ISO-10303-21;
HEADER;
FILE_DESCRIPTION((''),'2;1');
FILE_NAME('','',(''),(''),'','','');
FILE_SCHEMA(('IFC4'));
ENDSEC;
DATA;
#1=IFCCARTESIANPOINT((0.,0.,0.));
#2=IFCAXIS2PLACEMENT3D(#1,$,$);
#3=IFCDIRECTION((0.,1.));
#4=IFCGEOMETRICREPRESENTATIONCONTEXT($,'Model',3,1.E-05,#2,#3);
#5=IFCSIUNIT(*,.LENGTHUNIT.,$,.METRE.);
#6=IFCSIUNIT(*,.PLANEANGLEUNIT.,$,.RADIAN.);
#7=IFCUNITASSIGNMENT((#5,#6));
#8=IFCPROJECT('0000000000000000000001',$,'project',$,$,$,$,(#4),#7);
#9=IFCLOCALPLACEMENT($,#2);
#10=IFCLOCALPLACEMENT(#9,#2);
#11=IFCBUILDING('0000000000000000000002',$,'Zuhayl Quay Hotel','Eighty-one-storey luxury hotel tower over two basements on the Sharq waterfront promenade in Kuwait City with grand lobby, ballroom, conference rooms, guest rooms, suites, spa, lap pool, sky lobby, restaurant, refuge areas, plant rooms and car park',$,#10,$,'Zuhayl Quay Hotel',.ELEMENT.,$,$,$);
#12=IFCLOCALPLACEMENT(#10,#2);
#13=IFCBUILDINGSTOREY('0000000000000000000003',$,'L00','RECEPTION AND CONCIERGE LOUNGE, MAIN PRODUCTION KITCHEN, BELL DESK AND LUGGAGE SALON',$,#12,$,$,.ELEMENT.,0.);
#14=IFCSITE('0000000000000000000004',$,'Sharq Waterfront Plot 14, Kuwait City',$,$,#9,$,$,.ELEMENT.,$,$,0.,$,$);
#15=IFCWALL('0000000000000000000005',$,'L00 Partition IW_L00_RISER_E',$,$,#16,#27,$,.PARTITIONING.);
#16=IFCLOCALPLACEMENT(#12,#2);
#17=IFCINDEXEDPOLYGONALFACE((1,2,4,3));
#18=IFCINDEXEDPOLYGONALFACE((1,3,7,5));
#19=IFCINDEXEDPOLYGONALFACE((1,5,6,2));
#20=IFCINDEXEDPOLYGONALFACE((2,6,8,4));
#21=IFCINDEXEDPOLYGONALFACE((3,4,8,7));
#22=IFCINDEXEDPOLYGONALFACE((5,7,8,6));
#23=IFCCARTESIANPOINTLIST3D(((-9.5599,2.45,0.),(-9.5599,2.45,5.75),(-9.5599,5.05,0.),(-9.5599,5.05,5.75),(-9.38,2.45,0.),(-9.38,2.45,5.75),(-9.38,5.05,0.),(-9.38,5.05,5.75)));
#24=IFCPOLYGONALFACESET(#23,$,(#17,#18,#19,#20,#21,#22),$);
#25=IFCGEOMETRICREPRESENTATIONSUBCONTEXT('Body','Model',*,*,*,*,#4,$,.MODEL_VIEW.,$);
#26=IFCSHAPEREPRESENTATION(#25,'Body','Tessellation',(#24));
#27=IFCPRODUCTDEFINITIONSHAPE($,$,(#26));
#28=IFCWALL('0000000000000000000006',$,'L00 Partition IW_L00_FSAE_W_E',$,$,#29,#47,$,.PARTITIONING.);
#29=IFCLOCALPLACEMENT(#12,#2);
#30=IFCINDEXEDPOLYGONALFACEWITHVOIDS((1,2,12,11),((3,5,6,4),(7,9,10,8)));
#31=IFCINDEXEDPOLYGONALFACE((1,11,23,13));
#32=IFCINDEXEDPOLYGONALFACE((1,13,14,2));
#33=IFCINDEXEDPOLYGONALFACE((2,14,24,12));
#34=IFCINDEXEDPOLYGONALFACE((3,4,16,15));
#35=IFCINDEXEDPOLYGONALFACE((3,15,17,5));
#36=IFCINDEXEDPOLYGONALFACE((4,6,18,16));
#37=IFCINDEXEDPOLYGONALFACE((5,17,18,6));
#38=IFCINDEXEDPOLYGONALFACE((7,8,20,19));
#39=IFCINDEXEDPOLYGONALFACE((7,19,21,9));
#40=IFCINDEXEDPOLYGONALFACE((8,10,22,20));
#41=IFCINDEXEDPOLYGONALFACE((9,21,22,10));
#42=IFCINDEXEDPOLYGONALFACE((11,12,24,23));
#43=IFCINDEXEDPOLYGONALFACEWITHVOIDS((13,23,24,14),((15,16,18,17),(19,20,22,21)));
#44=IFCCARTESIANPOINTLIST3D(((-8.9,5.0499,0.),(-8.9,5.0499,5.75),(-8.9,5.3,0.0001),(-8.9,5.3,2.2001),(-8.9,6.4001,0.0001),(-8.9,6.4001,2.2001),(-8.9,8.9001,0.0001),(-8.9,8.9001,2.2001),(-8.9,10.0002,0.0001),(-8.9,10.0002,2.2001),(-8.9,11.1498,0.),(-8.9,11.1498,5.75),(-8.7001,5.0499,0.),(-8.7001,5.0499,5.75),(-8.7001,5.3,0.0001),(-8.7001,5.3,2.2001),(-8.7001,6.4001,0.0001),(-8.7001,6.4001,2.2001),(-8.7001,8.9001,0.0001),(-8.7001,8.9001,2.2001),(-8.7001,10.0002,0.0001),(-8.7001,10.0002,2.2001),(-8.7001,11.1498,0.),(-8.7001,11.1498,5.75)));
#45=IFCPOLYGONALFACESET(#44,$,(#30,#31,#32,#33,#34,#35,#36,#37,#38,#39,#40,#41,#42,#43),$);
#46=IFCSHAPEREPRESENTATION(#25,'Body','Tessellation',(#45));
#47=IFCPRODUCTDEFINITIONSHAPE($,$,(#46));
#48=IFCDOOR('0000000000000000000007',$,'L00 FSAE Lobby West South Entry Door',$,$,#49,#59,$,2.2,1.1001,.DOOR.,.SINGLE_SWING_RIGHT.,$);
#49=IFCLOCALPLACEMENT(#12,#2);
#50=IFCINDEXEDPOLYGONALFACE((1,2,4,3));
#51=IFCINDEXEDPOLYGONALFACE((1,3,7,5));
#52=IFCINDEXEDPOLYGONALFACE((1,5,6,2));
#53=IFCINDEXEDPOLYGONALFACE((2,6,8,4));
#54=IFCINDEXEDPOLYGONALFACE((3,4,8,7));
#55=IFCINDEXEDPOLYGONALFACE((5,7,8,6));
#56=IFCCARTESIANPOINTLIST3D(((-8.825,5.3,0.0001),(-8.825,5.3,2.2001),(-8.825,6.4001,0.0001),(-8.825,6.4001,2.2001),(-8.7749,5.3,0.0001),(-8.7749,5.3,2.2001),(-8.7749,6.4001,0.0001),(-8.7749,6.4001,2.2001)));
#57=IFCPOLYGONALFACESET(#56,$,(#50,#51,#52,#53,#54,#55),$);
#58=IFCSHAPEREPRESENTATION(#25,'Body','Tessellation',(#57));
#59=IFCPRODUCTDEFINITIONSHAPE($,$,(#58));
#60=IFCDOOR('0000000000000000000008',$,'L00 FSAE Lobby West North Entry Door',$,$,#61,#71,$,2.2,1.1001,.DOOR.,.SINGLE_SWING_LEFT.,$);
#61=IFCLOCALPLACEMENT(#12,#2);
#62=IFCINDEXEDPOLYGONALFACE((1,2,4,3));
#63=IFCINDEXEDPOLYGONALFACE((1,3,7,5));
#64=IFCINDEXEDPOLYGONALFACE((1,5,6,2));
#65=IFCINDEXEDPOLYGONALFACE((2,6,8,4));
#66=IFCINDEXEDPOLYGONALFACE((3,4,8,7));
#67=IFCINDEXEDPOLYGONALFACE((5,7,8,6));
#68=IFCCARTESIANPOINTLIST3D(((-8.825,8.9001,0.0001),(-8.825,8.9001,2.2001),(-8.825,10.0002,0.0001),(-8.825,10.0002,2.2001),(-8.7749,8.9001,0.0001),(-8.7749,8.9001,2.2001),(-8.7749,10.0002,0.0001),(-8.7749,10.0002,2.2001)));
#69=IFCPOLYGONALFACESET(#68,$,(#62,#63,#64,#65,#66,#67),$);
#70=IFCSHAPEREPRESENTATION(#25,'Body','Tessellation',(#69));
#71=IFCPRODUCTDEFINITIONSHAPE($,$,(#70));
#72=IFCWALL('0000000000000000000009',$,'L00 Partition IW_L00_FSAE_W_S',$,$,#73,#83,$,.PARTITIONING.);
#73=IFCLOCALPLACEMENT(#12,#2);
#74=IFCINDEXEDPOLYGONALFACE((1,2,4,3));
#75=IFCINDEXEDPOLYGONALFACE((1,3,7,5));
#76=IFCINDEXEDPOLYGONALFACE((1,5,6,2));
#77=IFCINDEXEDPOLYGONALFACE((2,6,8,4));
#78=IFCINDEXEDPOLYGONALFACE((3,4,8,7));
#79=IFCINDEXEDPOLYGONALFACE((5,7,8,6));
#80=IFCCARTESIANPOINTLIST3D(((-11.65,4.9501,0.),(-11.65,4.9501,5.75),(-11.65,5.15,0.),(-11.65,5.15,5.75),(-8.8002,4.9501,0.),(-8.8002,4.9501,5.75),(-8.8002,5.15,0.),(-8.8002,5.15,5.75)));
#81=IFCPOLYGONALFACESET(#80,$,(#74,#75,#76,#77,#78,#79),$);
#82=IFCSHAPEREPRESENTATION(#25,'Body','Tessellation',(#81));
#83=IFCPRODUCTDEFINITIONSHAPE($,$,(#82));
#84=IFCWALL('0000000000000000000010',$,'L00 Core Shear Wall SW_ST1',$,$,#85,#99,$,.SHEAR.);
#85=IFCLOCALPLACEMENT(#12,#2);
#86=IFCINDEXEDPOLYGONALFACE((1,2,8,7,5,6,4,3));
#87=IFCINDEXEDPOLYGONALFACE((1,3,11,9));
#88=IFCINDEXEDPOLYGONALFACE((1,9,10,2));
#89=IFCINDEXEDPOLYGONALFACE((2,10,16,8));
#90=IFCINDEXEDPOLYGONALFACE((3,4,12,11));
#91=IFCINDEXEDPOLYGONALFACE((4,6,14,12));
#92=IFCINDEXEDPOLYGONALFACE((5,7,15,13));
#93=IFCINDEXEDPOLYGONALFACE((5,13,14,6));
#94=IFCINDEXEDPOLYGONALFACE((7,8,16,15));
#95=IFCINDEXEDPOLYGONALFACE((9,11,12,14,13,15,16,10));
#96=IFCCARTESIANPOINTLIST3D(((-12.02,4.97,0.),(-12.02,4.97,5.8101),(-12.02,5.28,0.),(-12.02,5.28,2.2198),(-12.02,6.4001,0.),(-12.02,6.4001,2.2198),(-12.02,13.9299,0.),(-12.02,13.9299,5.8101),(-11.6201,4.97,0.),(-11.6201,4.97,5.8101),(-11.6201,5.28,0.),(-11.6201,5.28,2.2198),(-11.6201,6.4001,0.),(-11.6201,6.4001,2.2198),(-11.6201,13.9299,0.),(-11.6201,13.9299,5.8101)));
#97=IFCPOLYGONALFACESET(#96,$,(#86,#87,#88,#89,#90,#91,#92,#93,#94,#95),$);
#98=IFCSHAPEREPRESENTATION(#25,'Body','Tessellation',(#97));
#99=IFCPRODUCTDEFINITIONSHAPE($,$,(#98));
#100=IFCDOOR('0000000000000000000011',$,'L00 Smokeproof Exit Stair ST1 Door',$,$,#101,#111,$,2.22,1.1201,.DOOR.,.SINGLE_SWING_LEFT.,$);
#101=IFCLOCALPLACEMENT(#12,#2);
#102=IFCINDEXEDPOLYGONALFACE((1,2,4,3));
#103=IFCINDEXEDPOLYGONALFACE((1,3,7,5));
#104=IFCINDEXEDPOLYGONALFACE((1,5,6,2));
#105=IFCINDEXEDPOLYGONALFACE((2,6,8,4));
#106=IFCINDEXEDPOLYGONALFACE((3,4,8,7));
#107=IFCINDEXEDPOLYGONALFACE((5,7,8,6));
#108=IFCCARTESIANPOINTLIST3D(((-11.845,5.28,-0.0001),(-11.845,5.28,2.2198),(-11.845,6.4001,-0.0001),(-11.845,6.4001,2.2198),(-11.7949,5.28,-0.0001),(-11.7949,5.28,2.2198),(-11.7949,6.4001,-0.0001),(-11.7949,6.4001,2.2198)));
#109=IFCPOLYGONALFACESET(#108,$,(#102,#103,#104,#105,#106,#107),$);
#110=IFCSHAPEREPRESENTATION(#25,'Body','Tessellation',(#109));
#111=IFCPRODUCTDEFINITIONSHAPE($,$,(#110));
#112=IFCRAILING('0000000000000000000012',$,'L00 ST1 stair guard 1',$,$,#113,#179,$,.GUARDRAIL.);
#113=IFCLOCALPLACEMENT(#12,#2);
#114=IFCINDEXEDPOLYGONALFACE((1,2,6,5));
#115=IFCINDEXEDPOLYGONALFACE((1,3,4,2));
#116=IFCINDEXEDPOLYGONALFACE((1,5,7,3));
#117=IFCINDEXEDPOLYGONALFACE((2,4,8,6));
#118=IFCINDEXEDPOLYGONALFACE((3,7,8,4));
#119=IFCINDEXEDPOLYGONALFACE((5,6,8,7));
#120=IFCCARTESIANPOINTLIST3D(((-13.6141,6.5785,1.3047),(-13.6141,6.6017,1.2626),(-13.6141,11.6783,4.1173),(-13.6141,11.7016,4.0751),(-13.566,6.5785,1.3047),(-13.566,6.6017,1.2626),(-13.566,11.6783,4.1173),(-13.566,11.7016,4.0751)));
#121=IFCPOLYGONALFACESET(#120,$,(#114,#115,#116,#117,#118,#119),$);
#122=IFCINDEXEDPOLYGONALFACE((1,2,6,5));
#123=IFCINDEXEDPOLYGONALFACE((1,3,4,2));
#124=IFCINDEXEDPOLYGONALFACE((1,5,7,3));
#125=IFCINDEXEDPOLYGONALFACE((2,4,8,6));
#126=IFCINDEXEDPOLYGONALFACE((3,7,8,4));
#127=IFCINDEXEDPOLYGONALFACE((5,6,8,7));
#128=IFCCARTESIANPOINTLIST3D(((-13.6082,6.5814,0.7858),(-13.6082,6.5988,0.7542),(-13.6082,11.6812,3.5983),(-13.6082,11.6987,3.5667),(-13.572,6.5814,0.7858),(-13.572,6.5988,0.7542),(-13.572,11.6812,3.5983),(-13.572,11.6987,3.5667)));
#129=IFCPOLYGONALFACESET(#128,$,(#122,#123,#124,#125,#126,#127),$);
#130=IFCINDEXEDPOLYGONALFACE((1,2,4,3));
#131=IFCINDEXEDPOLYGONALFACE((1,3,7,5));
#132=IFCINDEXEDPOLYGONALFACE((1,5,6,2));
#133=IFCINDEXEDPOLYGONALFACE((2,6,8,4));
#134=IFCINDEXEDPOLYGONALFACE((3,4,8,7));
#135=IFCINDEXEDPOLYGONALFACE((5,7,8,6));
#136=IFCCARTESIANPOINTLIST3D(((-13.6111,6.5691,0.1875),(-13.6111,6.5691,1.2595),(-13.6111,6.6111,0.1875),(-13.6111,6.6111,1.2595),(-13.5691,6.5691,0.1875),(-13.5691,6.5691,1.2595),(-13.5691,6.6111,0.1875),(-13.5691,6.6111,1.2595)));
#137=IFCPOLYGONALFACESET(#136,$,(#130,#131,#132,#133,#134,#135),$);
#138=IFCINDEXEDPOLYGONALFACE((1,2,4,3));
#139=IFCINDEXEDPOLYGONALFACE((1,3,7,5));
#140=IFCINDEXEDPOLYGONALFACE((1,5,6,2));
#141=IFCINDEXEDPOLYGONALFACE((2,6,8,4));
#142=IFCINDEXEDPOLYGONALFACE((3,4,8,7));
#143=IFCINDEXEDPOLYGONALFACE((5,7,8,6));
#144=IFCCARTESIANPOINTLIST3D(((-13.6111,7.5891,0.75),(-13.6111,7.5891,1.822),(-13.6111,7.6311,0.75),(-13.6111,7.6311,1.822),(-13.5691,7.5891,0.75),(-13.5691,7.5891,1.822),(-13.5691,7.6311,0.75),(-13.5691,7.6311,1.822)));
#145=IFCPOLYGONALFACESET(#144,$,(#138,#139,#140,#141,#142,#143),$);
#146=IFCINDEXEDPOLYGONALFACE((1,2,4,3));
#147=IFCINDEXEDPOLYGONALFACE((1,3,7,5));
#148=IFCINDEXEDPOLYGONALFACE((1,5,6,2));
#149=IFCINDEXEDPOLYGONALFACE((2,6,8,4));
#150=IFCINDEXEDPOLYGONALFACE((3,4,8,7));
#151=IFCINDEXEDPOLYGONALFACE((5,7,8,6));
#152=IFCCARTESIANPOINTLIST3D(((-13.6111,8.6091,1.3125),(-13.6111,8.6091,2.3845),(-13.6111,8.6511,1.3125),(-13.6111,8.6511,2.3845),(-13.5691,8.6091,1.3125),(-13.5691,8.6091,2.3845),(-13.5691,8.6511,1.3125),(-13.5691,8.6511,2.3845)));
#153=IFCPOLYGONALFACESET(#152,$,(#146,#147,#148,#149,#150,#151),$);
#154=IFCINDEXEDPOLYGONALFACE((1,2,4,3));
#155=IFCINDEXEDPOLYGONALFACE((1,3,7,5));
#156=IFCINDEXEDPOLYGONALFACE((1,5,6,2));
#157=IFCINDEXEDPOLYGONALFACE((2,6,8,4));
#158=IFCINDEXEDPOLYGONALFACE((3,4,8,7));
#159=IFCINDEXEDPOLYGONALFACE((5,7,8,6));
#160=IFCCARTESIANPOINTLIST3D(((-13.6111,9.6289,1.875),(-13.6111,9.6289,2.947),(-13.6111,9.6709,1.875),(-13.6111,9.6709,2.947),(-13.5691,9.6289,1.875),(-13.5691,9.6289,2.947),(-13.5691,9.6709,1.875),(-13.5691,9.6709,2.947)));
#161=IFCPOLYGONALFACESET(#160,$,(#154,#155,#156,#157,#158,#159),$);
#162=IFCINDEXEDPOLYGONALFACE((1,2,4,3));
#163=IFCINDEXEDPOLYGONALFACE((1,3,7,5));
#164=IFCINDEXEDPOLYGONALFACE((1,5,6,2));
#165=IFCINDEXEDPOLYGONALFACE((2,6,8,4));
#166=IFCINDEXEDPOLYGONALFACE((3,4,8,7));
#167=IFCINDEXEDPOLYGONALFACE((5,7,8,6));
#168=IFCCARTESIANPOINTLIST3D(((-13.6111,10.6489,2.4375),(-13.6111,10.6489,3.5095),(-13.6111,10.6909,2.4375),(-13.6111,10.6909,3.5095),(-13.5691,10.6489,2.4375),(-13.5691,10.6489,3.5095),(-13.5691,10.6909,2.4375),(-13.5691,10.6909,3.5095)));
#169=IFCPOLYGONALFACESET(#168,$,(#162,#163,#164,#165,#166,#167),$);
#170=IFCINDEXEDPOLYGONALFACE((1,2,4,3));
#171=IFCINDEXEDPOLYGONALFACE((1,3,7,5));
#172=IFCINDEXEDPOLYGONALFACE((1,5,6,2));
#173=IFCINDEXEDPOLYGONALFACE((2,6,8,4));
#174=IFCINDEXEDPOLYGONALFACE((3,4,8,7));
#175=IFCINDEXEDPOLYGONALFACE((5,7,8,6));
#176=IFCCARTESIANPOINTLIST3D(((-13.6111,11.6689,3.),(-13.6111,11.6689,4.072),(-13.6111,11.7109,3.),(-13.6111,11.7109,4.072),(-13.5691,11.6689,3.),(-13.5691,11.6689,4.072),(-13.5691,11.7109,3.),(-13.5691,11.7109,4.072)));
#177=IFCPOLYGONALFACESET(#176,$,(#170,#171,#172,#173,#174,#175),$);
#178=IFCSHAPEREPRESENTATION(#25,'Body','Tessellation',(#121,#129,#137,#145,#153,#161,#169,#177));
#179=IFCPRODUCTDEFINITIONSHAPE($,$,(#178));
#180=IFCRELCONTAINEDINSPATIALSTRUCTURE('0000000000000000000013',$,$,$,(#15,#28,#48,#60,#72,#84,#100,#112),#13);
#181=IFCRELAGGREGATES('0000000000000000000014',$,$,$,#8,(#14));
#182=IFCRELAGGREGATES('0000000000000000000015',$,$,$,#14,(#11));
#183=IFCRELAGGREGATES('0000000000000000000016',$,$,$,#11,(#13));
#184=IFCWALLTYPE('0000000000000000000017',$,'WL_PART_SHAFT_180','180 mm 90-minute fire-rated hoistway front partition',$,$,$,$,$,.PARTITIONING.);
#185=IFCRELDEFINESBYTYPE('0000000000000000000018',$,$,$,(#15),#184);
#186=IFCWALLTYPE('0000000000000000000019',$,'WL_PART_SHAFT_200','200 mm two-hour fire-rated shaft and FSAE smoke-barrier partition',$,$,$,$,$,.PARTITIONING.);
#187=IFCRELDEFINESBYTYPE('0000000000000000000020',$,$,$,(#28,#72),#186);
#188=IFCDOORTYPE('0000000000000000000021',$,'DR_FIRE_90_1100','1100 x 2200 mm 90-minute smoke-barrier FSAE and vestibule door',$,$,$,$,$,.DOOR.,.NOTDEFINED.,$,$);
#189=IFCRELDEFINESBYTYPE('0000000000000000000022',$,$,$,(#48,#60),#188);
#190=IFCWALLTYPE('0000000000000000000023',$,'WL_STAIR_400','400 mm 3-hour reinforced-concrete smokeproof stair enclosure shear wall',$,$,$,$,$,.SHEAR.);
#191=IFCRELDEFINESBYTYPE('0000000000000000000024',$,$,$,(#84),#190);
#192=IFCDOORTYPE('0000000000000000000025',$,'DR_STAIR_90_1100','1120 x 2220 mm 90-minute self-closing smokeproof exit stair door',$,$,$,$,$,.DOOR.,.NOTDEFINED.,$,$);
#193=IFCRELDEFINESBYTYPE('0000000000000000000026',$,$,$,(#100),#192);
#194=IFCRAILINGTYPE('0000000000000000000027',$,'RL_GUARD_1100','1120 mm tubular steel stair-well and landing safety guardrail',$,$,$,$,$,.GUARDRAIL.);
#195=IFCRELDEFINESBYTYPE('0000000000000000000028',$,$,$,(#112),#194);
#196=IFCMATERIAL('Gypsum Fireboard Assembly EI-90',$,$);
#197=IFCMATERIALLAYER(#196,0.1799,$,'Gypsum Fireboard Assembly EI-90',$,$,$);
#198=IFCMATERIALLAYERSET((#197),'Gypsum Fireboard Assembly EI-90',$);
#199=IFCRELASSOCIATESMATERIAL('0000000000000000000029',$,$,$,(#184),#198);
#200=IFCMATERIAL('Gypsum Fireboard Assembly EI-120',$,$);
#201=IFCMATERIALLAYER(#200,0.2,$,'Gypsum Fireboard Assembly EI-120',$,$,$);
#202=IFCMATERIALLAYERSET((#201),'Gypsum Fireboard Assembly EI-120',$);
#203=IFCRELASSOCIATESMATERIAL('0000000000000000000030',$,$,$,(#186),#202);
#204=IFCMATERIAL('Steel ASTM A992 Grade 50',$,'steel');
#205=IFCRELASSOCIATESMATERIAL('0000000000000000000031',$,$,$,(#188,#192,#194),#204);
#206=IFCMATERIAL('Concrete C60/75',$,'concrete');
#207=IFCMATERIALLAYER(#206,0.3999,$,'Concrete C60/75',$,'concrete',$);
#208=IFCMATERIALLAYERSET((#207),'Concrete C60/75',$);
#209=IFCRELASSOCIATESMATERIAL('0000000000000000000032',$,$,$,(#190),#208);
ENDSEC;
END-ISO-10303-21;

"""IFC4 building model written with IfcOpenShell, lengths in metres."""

from ifc_helpers import new_model, si_unit, direction, frame, frame_2d, origin, origin_2d, place, context, subcontext, project, spatial, rectangle, extrude, material, layer, layer_set, type_object, element, fill, save


model = new_model("IFC4")

# Units and contexts
model_context = context("Model", 3, precision=1e-05, world=origin(), true_north=direction((0.0, 1.0)))
body_context = subcontext(model_context, "Body", "Model", "MODEL_VIEW")
ifc_project = project(units=[si_unit("LENGTHUNIT", "METRE"), si_unit("PLANEANGLEUNIT", "RADIAN")], contexts=[model_context])

# Site, building, storey
site_placement = place(None, origin())
site = spatial("IfcSite", under=ifc_project, at=site_placement, Name="Sharq Waterfront Plot 14, Kuwait City", CompositionType="ELEMENT", RefElevation=0.0)
building_placement = place(site_placement, origin())
building = spatial("IfcBuilding", under=site, at=building_placement, Name="Zuhayl Quay Hotel", Description="Eighty-one-storey luxury hotel tower over two basements on the Sharq waterfront promenade in Kuwait City with grand lobby, ballroom, conference rooms, guest rooms, suites, spa, lap pool, sky lobby, restaurant, refuge areas, plant rooms and car park", LongName="Zuhayl Quay Hotel", CompositionType="ELEMENT")
storey_placement = place(building_placement, origin())
storey = spatial("IfcBuildingStorey", under=building, at=storey_placement, Name="L00", Description="RECEPTION AND CONCIERGE LOUNGE, MAIN PRODUCTION KITCHEN, BELL DESK AND LUGGAGE SALON", CompositionType="ELEMENT", Elevation=0.0)

# Shared definitions
ifc_material_1 = material(Name="Concrete C60/75", Category="concrete")

# Shared definitions
ifc_material_2 = material(Name="Steel ASTM A992 Grade 50", Category="steel")
ifc_material_3 = material(Name="Gypsum Fireboard Assembly EI-90")

# Wall
ifc_layer_1 = layer(ifc_material_3, 0.1799, Name="Gypsum Fireboard Assembly EI-90")
ifc_layer_set_1 = layer_set([ifc_layer_1], Name="Gypsum Fireboard Assembly EI-90")
wall_type_1 = type_object("IfcWallType", Name="WL_PART_SHAFT_180", Description="180 mm 90-minute fire-rated hoistway front partition", PredefinedType="PARTITIONING", material=ifc_layer_set_1)
wall_1_placement = place(storey_placement, frame((-9.47, 2.45, 0.0), z_axis=(0.0, 0.0, 1.0), x_axis=(0.0, 1.0, 0.0)))
element("IfcWall", 1, at=wall_1_placement, inside=storey, type_object=wall_type_1, Name="L00 Partition IW_L00_RISER_E", PredefinedType="PARTITIONING", context=body_context, shape_type="SweptSolid", body=[
    extrude(rectangle(XDim=2.6001, YDim=0.1799, at=frame_2d((1.3, 0.0))), origin(), (0.0, 0.0, 1.0), 5.75),
])

# Wall, openings, doors
ifc_material_4 = material(Name="Gypsum Fireboard Assembly EI-120")
ifc_layer_2 = layer(ifc_material_4, 0.2, Name="Gypsum Fireboard Assembly EI-120")
ifc_layer_set_2 = layer_set([ifc_layer_2], Name="Gypsum Fireboard Assembly EI-120")
wall_type_2 = type_object("IfcWallType", Name="WL_PART_SHAFT_200", Description="200 mm two-hour fire-rated shaft and FSAE smoke-barrier partition", PredefinedType="PARTITIONING", material=ifc_layer_set_2)
wall_2_placement = place(storey_placement, frame((-8.8, 5.05, 0.0), z_axis=(0.0, 0.0, 1.0), x_axis=(0.0, 1.0, 0.0)))
wall_2 = element("IfcWall", 2, at=wall_2_placement, inside=storey, type_object=wall_type_2, Name="L00 Partition IW_L00_FSAE_W_E", PredefinedType="PARTITIONING", context=body_context, shape_type="SweptSolid", body=[
    extrude(rectangle(XDim=6.0999, YDim=0.2, at=frame_2d((3.0498, 0.0))), origin(), (0.0, 0.0, 1.0), 5.75),
])
opening_1_placement = place(wall_2_placement, frame((0.25, 0.0, 0.0)))
opening_1 = element("IfcOpeningElement", 3, at=opening_1_placement, cuts=wall_2, PredefinedType="OPENING", context=body_context, shape_type="SweptSolid", body=[
    extrude(rectangle(XDim=1.1001, YDim=2.2, at=frame_2d((0.55, 1.1001))), frame((0.0, 0.1099, 0.0), z_axis=(0.0, -1.0, 0.0), x_axis=(1.0, 0.0, 0.0)), (0.0, 0.0, 1.0), 0.22),
])
opening_2_placement = place(wall_2_placement, frame((3.8501, 0.0, 0.0)))
opening_2 = element("IfcOpeningElement", 4, at=opening_2_placement, cuts=wall_2, PredefinedType="OPENING", context=body_context, shape_type="SweptSolid", body=[
    extrude(rectangle(XDim=1.1001, YDim=2.2, at=frame_2d((0.55, 1.1001))), frame((0.0, 0.1099, 0.0), z_axis=(0.0, -1.0, 0.0), x_axis=(1.0, 0.0, 0.0)), (0.0, 0.0, 1.0), 0.22),
])
door_type_1 = type_object("IfcDoorType", Name="DR_FIRE_90_1100", Description="1100 x 2200 mm 90-minute smoke-barrier FSAE and vestibule door", OperationType="NOTDEFINED", PredefinedType="DOOR", material=ifc_material_2)
door_1_placement = place(opening_1_placement, origin())
door_1 = element("IfcDoor", 5, at=door_1_placement, inside=storey, type_object=door_type_1, Name="L00 FSAE Lobby West South Entry Door", OperationType="SINGLE_SWING_RIGHT", OverallHeight=2.2, OverallWidth=1.1001, PredefinedType="DOOR", context=body_context, shape_type="SweptSolid", body=[
    extrude(rectangle(XDim=1.1001, YDim=2.2, at=frame_2d((0.55, 1.1001))), frame((0.0, 0.0249, 0.0), z_axis=(0.0, -1.0, 0.0), x_axis=(1.0, 0.0, 0.0)), (0.0, 0.0, 1.0), 0.05),
])
fill(opening_1, door_1)
door_2_placement = place(opening_2_placement, origin())
door_2 = element("IfcDoor", 6, at=door_2_placement, inside=storey, type_object=door_type_1, Name="L00 FSAE Lobby West North Entry Door", OperationType="SINGLE_SWING_LEFT", OverallHeight=2.2, OverallWidth=1.1001, PredefinedType="DOOR", context=body_context, shape_type="SweptSolid", body=[
    extrude(rectangle(XDim=1.1001, YDim=2.2, at=frame_2d((0.55, 1.1001))), frame((0.0, 0.0249, 0.0), z_axis=(0.0, -1.0, 0.0), x_axis=(1.0, 0.0, 0.0)), (0.0, 0.0, 1.0), 0.05),
])
fill(opening_2, door_2)

# Wall
wall_3_placement = place(storey_placement, frame((-11.6499, 5.05, 0.0), z_axis=(0.0, 0.0, 1.0), x_axis=(1.0, 0.0, 0.0)))
element("IfcWall", 7, at=wall_3_placement, inside=storey, type_object=wall_type_2, Name="L00 Partition IW_L00_FSAE_W_S", PredefinedType="PARTITIONING", context=body_context, shape_type="SweptSolid", body=[
    extrude(rectangle(XDim=2.8499, YDim=0.2, at=frame_2d((1.4248, 0.0))), origin(), (0.0, 0.0, 1.0), 5.75),
])

# Wall, opening, door
ifc_layer_3 = layer(ifc_material_1, 0.3999, Name="Concrete C60/75", Category="concrete")
ifc_layer_set_3 = layer_set([ifc_layer_3], Name="Concrete C60/75")
wall_type_3 = type_object("IfcWallType", Name="WL_STAIR_400", Description="400 mm 3-hour reinforced-concrete smokeproof stair enclosure shear wall", PredefinedType="SHEAR", material=ifc_layer_set_3)
wall_4_placement = place(storey_placement, frame((-11.8201, 4.97, 0.0), z_axis=(0.0, 0.0, 1.0), x_axis=(0.0, 1.0, 0.0)))
wall_4 = element("IfcWall", 8, at=wall_4_placement, inside=storey, type_object=wall_type_3, Name="L00 Core Shear Wall SW_ST1", PredefinedType="SHEAR", context=body_context, shape_type="SweptSolid", body=[
    extrude(rectangle(XDim=8.96, YDim=0.3999, at=frame_2d((4.48, 0.0))), origin(), (0.0, 0.0, 1.0), 5.8101),
])
opening_3_placement = place(wall_4_placement, frame((0.3101, 0.0, 0.0)))
opening_3 = element("IfcOpeningElement", 9, at=opening_3_placement, cuts=wall_4, PredefinedType="OPENING", context=body_context, shape_type="SweptSolid", body=[
    extrude(rectangle(XDim=1.1201, YDim=2.22, at=frame_2d((0.5601, 1.1099))), frame((0.0, 0.21, 0.0), z_axis=(0.0, -1.0, 0.0), x_axis=(1.0, 0.0, 0.0)), (0.0, 0.0, 1.0), 0.4199),
])
door_type_2 = type_object("IfcDoorType", Name="DR_STAIR_90_1100", Description="1120 x 2220 mm 90-minute self-closing smokeproof exit stair door", OperationType="NOTDEFINED", PredefinedType="DOOR", material=ifc_material_2)
door_3_placement = place(opening_3_placement, origin())
door_3 = element("IfcDoor", 10, at=door_3_placement, inside=storey, type_object=door_type_2, Name="L00 Smokeproof Exit Stair ST1 Door", OperationType="SINGLE_SWING_LEFT", OverallHeight=2.22, OverallWidth=1.1201, PredefinedType="DOOR", context=body_context, shape_type="SweptSolid", body=[
    extrude(rectangle(XDim=1.1201, YDim=2.22, at=frame_2d((0.5601, 1.1099))), frame((0.0, 0.0249, 0.0), z_axis=(0.0, -1.0, 0.0), x_axis=(1.0, 0.0, 0.0)), (0.0, 0.0, 1.0), 0.05),
])
fill(opening_3, door_3)

# Railing
railing_type = type_object("IfcRailingType", Name="RL_GUARD_1100", Description="1120 mm tubular steel stair-well and landing safety guardrail", PredefinedType="GUARDRAIL", material=ifc_material_2)
railing_1_placement = place(storey_placement, frame((-13.5901, 6.5901, 0.1875)))
element("IfcRailing", 11, at=railing_1_placement, inside=storey, type_object=railing_type, Name="L00 ST1 stair guard 1", PredefinedType="GUARDRAIL", context=body_context, shape_type="SweptSolid", body=[
    extrude(rectangle(XDim=0.0481, YDim=0.0481, at=origin_2d()), frame((0.0, 0.0, 1.0962), z_axis=(0.0, 0.875666, 0.482918), x_axis=(-1.0, 0.0, 0.0)), (0.0, 0.0, 1.0), 5.824),
    extrude(rectangle(XDim=0.0361, YDim=0.0361, at=origin_2d()), frame((0.0, 0.0, 0.5825), z_axis=(0.0, 0.875666, 0.482918), x_axis=(-1.0, 0.0, 0.0)), (0.0, 0.0, 1.0), 5.824),
    extrude(rectangle(XDim=0.042, YDim=0.042, at=origin_2d()), origin(), (0.0, 0.0, 1.0), 1.072),
    extrude(rectangle(XDim=0.042, YDim=0.042, at=origin_2d()), frame((0.0, 1.02, 0.5625)), (0.0, 0.0, 1.0), 1.072),
    extrude(rectangle(XDim=0.042, YDim=0.042, at=origin_2d()), frame((0.0, 2.04, 1.125)), (0.0, 0.0, 1.0), 1.072),
    extrude(rectangle(XDim=0.042, YDim=0.042, at=origin_2d()), frame((0.0, 3.0598, 1.6875)), (0.0, 0.0, 1.0), 1.072),
    extrude(rectangle(XDim=0.042, YDim=0.042, at=origin_2d()), frame((0.0, 4.0798, 2.25)), (0.0, 0.0, 1.0), 1.072),
    extrude(rectangle(XDim=0.042, YDim=0.042, at=origin_2d()), frame((0.0, 5.0999, 2.8125)), (0.0, 0.0, 1.0), 1.072),
])

save(model, "model.ifc")
